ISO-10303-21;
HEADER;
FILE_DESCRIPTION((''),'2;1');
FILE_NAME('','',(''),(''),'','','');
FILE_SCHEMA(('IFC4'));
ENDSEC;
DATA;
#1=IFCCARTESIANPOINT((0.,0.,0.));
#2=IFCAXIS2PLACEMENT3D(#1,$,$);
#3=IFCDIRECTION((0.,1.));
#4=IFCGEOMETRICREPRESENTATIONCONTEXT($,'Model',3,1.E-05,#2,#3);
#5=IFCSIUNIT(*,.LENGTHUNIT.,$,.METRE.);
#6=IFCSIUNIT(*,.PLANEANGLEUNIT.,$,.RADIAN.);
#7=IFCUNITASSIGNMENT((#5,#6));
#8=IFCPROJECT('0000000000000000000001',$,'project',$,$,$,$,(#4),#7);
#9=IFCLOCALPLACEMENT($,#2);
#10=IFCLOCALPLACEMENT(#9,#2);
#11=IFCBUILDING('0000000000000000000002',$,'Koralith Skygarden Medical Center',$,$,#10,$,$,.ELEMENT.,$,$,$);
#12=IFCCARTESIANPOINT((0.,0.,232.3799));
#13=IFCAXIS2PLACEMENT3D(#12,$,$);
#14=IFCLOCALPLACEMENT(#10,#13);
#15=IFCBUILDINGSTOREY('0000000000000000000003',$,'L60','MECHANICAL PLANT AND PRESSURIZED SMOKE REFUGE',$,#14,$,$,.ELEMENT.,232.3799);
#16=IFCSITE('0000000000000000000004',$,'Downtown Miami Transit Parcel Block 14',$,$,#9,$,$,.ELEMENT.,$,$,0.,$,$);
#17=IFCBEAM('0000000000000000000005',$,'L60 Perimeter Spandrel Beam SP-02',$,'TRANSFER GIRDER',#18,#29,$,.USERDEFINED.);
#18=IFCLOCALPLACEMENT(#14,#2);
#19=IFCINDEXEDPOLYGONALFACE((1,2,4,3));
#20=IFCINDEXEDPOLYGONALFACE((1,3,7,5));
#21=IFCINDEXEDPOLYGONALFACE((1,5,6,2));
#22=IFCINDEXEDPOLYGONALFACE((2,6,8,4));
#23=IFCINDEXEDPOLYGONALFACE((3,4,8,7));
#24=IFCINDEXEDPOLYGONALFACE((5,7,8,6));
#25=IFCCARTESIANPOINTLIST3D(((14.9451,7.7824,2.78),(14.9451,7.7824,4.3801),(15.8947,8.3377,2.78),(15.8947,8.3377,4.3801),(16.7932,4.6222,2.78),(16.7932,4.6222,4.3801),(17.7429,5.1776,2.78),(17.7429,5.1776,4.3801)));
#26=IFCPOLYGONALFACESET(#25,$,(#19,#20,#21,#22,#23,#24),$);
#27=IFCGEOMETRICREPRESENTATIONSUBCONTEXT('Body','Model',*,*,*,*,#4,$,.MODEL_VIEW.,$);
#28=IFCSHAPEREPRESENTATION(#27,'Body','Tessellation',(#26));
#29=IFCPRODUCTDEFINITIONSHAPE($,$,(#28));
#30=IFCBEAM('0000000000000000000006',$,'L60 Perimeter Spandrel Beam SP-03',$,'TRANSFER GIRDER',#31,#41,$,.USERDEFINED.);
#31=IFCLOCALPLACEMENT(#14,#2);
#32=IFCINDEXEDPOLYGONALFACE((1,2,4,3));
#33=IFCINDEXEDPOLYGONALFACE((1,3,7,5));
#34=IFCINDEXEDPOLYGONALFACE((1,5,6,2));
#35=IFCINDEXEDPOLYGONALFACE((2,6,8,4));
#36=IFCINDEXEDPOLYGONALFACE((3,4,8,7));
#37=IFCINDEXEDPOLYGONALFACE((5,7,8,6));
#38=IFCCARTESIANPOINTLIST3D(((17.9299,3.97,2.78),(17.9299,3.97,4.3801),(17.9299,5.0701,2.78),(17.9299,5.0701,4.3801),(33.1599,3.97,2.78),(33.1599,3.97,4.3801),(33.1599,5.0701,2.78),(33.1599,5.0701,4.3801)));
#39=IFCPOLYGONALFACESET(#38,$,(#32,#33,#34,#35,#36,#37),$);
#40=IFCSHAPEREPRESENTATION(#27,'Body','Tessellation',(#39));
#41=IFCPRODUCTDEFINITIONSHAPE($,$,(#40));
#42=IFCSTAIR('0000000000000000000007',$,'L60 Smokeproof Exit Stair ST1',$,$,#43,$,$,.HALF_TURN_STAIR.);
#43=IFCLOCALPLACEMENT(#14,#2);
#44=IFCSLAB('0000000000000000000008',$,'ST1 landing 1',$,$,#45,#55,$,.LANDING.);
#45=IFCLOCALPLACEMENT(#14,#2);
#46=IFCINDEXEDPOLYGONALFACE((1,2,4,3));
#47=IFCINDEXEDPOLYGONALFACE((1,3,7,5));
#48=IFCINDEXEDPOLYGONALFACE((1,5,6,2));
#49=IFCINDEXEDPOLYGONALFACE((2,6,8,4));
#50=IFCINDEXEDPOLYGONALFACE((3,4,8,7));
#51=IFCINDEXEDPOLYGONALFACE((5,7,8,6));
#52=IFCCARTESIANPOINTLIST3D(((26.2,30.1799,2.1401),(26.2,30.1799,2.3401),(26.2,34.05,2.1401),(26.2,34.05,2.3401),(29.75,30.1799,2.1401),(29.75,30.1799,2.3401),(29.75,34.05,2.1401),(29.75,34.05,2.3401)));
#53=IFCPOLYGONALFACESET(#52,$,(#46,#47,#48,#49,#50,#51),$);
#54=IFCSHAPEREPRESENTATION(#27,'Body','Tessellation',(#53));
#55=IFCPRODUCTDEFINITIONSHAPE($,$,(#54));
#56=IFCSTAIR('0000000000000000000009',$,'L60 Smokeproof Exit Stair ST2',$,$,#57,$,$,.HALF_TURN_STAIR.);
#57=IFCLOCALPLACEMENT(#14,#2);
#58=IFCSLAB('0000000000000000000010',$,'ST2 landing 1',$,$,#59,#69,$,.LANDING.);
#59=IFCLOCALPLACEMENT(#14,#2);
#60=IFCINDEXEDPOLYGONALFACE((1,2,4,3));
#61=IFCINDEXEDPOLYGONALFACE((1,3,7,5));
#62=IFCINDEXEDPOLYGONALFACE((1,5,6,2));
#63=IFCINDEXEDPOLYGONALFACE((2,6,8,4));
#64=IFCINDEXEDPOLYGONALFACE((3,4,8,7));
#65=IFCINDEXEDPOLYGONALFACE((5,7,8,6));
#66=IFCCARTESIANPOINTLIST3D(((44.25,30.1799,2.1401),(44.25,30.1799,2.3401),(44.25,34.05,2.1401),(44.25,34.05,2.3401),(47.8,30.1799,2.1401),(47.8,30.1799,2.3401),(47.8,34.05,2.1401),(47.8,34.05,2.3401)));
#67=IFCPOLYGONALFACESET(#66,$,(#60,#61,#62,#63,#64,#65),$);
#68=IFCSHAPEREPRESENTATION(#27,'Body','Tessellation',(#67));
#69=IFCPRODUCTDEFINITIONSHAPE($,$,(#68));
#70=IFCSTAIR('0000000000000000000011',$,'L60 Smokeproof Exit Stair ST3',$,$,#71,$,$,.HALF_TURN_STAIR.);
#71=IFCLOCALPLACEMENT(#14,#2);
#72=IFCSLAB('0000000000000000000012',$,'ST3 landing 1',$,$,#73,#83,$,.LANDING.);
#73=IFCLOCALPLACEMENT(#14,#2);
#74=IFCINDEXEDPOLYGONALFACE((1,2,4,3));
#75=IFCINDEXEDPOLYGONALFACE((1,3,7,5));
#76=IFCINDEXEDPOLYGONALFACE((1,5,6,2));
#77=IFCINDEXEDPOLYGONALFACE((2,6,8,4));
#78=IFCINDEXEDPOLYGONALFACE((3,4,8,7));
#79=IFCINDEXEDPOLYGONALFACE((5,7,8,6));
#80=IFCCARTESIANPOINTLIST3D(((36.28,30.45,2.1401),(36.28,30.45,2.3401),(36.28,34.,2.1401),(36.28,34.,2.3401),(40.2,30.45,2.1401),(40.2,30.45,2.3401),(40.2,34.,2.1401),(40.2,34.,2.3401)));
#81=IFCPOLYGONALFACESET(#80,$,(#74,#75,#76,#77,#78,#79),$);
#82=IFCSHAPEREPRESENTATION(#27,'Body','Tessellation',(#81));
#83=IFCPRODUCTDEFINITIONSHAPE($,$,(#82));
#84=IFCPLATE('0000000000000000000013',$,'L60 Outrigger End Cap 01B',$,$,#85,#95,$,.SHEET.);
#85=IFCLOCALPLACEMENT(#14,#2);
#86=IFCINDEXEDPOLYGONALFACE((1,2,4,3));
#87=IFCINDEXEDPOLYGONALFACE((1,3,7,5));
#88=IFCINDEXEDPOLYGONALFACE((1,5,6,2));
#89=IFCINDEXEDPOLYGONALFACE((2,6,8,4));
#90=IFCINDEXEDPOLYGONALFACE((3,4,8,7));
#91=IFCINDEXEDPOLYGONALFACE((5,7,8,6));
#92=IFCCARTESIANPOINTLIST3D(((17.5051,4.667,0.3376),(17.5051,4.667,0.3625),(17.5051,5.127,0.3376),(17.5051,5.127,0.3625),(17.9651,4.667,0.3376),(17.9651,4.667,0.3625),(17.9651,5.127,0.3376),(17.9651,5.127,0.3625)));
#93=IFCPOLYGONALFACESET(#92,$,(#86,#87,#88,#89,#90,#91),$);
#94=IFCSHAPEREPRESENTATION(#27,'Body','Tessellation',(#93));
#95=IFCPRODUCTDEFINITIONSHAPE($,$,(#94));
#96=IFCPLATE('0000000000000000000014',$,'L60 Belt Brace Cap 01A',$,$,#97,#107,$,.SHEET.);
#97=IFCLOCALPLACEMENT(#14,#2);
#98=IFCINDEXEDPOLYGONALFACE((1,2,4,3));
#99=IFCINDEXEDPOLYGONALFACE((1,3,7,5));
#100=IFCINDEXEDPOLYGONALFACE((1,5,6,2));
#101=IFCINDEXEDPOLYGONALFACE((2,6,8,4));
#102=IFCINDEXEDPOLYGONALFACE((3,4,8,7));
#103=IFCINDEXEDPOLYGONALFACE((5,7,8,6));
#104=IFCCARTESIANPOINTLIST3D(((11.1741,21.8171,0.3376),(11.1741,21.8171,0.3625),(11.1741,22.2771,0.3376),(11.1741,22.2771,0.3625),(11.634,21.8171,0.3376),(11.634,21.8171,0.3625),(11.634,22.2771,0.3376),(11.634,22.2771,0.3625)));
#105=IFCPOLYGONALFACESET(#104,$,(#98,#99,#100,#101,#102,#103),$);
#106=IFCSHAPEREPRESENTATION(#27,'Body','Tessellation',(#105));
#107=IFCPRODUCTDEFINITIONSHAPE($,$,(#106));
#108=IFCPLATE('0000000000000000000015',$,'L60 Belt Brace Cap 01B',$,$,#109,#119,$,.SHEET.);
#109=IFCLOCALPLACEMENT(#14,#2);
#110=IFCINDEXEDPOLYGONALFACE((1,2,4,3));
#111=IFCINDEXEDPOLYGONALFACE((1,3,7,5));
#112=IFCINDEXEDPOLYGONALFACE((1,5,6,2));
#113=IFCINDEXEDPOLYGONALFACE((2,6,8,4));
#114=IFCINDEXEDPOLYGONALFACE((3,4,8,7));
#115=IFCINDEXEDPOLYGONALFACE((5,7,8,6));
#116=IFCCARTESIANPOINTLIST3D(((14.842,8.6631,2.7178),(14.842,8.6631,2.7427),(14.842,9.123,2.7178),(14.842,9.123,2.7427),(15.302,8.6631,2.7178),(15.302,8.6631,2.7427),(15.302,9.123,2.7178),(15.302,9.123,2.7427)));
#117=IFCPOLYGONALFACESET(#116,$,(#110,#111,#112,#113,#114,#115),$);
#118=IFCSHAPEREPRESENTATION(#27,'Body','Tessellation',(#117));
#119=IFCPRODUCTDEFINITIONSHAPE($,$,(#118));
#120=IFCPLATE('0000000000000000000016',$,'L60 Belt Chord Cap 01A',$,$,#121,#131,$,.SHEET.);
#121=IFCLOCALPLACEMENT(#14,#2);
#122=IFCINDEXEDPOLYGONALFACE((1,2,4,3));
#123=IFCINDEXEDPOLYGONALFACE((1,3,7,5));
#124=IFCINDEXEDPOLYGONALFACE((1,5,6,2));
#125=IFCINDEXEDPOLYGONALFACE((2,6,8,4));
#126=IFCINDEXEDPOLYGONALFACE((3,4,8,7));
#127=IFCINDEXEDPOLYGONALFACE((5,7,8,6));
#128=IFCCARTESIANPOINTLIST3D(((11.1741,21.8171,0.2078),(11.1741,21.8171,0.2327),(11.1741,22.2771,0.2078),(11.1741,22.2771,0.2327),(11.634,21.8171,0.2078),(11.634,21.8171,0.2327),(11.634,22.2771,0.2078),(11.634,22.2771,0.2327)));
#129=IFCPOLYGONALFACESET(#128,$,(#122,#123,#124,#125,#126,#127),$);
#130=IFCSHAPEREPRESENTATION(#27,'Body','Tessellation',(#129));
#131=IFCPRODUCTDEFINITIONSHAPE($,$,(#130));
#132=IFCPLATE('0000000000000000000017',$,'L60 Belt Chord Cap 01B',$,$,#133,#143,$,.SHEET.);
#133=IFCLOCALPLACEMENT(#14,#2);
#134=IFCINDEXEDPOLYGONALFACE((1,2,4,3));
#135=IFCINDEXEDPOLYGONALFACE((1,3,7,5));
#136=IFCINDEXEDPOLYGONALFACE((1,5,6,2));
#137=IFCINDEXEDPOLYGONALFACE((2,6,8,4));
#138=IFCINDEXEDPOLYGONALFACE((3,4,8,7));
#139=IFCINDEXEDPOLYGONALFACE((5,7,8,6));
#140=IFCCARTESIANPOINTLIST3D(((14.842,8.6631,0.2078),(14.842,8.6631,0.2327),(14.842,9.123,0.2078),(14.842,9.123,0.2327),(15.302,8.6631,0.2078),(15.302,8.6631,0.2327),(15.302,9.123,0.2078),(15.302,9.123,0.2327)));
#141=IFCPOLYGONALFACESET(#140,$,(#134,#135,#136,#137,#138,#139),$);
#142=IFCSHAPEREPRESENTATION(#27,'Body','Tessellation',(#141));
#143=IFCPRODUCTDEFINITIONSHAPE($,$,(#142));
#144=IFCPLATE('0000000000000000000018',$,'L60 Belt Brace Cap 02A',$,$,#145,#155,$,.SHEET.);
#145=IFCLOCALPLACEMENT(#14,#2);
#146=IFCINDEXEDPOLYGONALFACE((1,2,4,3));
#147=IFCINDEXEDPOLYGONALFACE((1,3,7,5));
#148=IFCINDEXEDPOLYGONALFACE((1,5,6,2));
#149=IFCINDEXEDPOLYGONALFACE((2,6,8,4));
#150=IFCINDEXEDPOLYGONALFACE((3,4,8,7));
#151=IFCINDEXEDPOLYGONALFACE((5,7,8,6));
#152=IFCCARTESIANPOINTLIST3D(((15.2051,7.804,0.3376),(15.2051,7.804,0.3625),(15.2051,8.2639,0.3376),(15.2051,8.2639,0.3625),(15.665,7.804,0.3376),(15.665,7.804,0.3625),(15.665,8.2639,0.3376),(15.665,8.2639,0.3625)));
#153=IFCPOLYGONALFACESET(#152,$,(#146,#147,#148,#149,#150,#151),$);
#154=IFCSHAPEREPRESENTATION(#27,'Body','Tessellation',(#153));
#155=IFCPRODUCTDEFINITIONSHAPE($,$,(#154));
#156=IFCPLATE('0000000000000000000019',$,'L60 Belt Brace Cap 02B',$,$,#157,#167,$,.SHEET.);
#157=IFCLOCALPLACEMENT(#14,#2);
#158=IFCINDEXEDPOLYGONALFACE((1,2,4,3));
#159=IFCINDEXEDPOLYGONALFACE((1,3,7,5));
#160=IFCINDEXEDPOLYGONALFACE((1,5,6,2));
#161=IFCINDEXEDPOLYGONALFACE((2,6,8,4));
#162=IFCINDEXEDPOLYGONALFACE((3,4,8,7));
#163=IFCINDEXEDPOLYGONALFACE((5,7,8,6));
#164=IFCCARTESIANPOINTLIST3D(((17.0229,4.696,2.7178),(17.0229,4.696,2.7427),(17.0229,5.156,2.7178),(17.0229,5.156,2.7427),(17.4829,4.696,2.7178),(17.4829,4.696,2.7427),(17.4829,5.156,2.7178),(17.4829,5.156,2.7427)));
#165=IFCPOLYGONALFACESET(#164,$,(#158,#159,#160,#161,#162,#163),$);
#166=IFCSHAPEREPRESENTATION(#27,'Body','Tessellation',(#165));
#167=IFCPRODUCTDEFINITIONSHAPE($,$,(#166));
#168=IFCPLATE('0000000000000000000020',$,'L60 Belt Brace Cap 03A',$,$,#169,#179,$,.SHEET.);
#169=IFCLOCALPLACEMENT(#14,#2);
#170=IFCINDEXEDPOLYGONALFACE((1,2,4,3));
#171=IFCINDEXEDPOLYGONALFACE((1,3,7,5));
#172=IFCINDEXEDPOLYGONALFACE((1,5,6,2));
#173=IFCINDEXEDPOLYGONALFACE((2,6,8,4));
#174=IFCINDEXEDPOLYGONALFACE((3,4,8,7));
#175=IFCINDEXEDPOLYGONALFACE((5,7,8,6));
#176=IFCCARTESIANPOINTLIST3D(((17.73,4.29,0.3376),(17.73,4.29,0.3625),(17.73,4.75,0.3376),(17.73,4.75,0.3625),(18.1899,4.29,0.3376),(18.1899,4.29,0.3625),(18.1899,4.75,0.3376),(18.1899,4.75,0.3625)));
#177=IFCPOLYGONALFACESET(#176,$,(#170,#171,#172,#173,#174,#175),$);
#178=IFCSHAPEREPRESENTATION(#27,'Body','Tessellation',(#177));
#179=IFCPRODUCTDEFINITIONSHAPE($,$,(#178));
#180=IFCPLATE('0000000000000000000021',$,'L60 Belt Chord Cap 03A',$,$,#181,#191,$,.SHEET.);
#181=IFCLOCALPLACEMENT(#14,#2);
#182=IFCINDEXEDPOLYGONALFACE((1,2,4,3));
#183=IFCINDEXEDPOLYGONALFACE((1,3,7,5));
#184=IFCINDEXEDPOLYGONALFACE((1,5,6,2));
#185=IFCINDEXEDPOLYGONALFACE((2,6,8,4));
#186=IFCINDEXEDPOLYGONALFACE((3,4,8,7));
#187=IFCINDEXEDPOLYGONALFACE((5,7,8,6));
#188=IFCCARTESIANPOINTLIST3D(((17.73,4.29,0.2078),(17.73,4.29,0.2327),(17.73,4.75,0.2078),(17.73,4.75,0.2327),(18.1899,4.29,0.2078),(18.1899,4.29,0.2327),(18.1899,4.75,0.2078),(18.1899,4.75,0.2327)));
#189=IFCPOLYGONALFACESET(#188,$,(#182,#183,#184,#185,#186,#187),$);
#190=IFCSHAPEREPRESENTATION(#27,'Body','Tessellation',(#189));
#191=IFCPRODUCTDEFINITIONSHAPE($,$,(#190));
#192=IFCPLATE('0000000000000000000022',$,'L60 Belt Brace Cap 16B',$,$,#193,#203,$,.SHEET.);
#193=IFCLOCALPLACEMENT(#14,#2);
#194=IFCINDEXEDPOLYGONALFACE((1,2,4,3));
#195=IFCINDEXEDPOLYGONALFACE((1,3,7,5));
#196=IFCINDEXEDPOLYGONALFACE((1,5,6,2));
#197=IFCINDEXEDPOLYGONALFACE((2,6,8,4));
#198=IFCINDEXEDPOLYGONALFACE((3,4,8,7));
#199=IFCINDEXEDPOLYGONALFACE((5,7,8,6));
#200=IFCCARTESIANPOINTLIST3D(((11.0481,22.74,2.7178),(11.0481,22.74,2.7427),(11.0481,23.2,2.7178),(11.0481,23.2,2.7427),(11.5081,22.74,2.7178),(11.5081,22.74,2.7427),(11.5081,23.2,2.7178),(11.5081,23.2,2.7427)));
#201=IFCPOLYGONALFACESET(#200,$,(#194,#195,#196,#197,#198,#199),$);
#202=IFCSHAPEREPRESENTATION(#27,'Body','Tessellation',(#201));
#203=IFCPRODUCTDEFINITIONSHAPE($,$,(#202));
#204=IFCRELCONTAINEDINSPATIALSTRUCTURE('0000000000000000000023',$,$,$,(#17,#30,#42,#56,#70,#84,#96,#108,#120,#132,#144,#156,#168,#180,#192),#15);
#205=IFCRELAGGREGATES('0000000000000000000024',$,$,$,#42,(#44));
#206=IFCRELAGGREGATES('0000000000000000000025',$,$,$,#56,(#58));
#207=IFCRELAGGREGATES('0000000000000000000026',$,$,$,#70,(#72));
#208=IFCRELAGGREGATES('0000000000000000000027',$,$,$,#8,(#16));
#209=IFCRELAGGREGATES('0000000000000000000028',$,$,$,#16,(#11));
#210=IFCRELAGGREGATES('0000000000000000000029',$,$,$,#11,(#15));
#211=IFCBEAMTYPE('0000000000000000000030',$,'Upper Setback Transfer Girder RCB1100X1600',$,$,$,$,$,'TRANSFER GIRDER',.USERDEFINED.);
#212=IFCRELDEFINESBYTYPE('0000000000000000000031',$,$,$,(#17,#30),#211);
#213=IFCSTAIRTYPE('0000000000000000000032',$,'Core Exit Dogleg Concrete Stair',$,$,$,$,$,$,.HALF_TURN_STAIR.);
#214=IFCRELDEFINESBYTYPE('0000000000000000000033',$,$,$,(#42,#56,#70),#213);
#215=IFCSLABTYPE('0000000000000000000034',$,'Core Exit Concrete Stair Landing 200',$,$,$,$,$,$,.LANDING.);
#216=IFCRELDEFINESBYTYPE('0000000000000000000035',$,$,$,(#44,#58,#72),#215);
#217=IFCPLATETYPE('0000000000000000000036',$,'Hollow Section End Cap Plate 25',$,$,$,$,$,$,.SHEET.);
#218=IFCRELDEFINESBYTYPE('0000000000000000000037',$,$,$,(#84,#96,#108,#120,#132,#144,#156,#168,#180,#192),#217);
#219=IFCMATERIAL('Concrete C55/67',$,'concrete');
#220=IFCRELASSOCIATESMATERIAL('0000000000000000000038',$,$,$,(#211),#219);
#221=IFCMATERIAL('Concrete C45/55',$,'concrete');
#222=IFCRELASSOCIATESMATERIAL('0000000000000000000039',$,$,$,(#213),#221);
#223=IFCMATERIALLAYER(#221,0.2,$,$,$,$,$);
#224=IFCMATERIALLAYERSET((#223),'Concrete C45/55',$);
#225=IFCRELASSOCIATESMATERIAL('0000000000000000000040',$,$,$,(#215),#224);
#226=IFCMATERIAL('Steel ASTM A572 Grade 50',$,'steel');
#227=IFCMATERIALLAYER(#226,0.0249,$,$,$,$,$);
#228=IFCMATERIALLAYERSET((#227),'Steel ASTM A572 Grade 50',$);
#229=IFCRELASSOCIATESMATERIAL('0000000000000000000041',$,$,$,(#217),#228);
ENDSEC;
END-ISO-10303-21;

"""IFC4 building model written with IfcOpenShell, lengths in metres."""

from ifc_helpers import new_model, si_unit, direction, frame, origin, origin_2d, place, context, subcontext, project, spatial, polyline, rectangle, outline, extrude, material, layer, layer_set, material_profile, profile_set, type_object, element, aggregate, save


model = new_model("IFC4")

# Units and contexts
model_context = context("Model", 3, precision=1e-05, world=origin(), true_north=direction((0.0, 1.0)))
body_context = subcontext(model_context, "Body", "Model", "MODEL_VIEW")
ifc_project = project(units=[si_unit("LENGTHUNIT", "METRE"), si_unit("PLANEANGLEUNIT", "RADIAN")], contexts=[model_context])

# Site, building, storey
site_placement = place(None, origin())
site = spatial("IfcSite", under=ifc_project, at=site_placement, Name="Downtown Miami Transit Parcel Block 14", CompositionType="ELEMENT", RefElevation=0.0)
building_placement = place(site_placement, origin())
building = spatial("IfcBuilding", under=site, at=building_placement, Name="Koralith Skygarden Medical Center", CompositionType="ELEMENT")
storey_placement = place(building_placement, frame((0.0, 0.0, 232.3799)))
storey = spatial("IfcBuildingStorey", under=building, at=storey_placement, Name="L60", Description="MECHANICAL PLANT AND PRESSURIZED SMOKE REFUGE", CompositionType="ELEMENT", Elevation=232.3799)

# Shared definitions
ifc_material_1 = material(Name="Concrete C55/67", Category="concrete")

# Beams
ifc_material_2 = material(Name="Concrete C45/55", Category="concrete")
ifc_material_profile_1 = material_profile(ifc_material_1, rectangle(XDim=1.1001, YDim=1.6001, at=origin_2d()), Name="RCB1100X1600")
ifc_profile_set_1 = profile_set([ifc_material_profile_1], Name="Concrete C55/67")
beam_type_1 = type_object("IfcBeamType", Name="Upper Setback Transfer Girder RCB1100X1600", ElementType="TRANSFER GIRDER", PredefinedType="USERDEFINED", material=ifc_profile_set_1)
beam_1_placement = place(storey_placement, frame((15.4199, 8.0601, 3.5801), z_axis=(0.504833, -0.863217, 0.0), x_axis=(0.863217, 0.504833, 0.0)))
element("IfcBeam", 1, at=beam_1_placement, inside=storey, type_object=beam_type_1, Name="L60 Perimeter Spandrel Beam SP-02", ObjectType="TRANSFER GIRDER", PredefinedType="USERDEFINED", context=body_context, shape_type="SweptSolid", body=[
    extrude(rectangle(XDim=1.1001, YDim=1.6001, at=origin_2d()), origin(), (0.0, 0.0, 1.0), 3.6609),
])
beam_2_placement = place(storey_placement, frame((17.9299, 4.52, 3.5801), z_axis=(1.0, 0.0, 0.0), x_axis=(0.0, 1.0, 0.0)))
element("IfcBeam", 2, at=beam_2_placement, inside=storey, type_object=beam_type_1, Name="L60 Perimeter Spandrel Beam SP-03", ObjectType="TRANSFER GIRDER", PredefinedType="USERDEFINED", context=body_context, shape_type="SweptSolid", body=[
    extrude(rectangle(XDim=1.1001, YDim=1.6001, at=origin_2d()), origin(), (0.0, 0.0, 1.0), 15.23),
])

# Stairs, slabs
stair_type = type_object("IfcStairType", Name="Core Exit Dogleg Concrete Stair", PredefinedType="HALF_TURN_STAIR", material=ifc_material_2)
stair_1_placement = place(storey_placement, origin())
stair_1 = element("IfcStair", 3, at=stair_1_placement, inside=storey, type_object=stair_type, Name="L60 Smokeproof Exit Stair ST1", PredefinedType="HALF_TURN_STAIR")
ifc_layer_1 = layer(ifc_material_2, 0.2)
ifc_layer_set_1 = layer_set([ifc_layer_1], Name="Concrete C45/55")
slab_type_1 = type_object("IfcSlabType", Name="Core Exit Concrete Stair Landing 200", PredefinedType="LANDING", material=ifc_layer_set_1)
slab_1_placement = place(storey_placement, frame((0.0, 0.0, 2.1401)))
slab_1 = element("IfcSlab", 4, at=slab_1_placement, type_object=slab_type_1, Name="ST1 landing 1", PredefinedType="LANDING", context=body_context, shape_type="SweptSolid", body=[
    extrude(outline(polyline([(29.75, 30.1799), (29.75, 34.05), (26.2, 34.05), (26.2, 30.1799), (29.75, 30.1799)])), origin(), (0.0, 0.0, 1.0), 0.2),
])
aggregate(stair_1, [slab_1])
stair_2_placement = place(storey_placement, origin())
stair_2 = element("IfcStair", 5, at=stair_2_placement, inside=storey, type_object=stair_type, Name="L60 Smokeproof Exit Stair ST2", PredefinedType="HALF_TURN_STAIR")
slab_2_placement = place(storey_placement, frame((0.0, 0.0, 2.1401)))
slab_2 = element("IfcSlab", 6, at=slab_2_placement, type_object=slab_type_1, Name="ST2 landing 1", PredefinedType="LANDING", context=body_context, shape_type="SweptSolid", body=[
    extrude(outline(polyline([(47.8, 30.1799), (47.8, 34.05), (44.25, 34.05), (44.25, 30.1799), (47.8, 30.1799)])), origin(), (0.0, 0.0, 1.0), 0.2),
])
aggregate(stair_2, [slab_2])
stair_3_placement = place(storey_placement, origin())
stair_3 = element("IfcStair", 7, at=stair_3_placement, inside=storey, type_object=stair_type, Name="L60 Smokeproof Exit Stair ST3", PredefinedType="HALF_TURN_STAIR")
slab_3_placement = place(storey_placement, frame((0.0, 0.0, 2.1401)))
slab_3 = element("IfcSlab", 8, at=slab_3_placement, type_object=slab_type_1, Name="ST3 landing 1", PredefinedType="LANDING", context=body_context, shape_type="SweptSolid", body=[
    extrude(outline(polyline([(36.28, 30.45), (40.2, 30.45), (40.2, 34.0), (36.28, 34.0), (36.28, 30.45)])), origin(), (0.0, 0.0, 1.0), 0.2),
])
aggregate(stair_3, [slab_3])

# Plates
ifc_material_3 = material(Name="Steel ASTM A572 Grade 50", Category="steel")
ifc_layer_2 = layer(ifc_material_3, 0.0249)
ifc_layer_set_2 = layer_set([ifc_layer_2], Name="Steel ASTM A572 Grade 50")
plate_type_1 = type_object("IfcPlateType", Name="Hollow Section End Cap Plate 25", PredefinedType="SHEET", material=ifc_layer_set_2)
for number, where, z_axis, x_axis, name in (
    (9, (17.7351, 4.897, 0.3376), (0.0, 0.0, 1.0), (1.0, 0.0, 0.0), "L60 Outrigger End Cap 01B"),
    (10, (11.4041, 22.0471, 0.3376), (0.0, 0.0, 1.0), (1.0, 0.0, 0.0), "L60 Belt Brace Cap 01A"),
    (11, (15.072, 8.8931, 2.7178), (0.0, 0.0, 1.0), (1.0, 0.0, 0.0), "L60 Belt Brace Cap 01B"),
    (12, (11.4041, 22.0471, 0.2078), (0.0, 0.0, 1.0), (1.0, 0.0, 0.0), "L60 Belt Chord Cap 01A"),
    (13, (15.072, 8.8931, 0.2078), (0.0, 0.0, 1.0), (1.0, 0.0, 0.0), "L60 Belt Chord Cap 01B"),
    (14, (15.4351, 8.0339, 0.3376), (0.0, 0.0, 1.0), (1.0, 0.0, 0.0), "L60 Belt Brace Cap 02A"),
    (15, (17.2529, 4.926, 2.7178), (0.0, 0.0, 1.0), (1.0, 0.0, 0.0), "L60 Belt Brace Cap 02B"),
    (16, (17.96, 4.52, 0.3376), (0.0, 0.0, 1.0), (1.0, 0.0, 0.0), "L60 Belt Brace Cap 03A"),
    (17, (17.96, 4.52, 0.2078), (0.0, 0.0, 1.0), (1.0, 0.0, 0.0), "L60 Belt Chord Cap 03A"),
    (18, (11.2781, 22.97, 2.7178), (0.0, 0.0, 1.0), (1.0, 0.0, 0.0), "L60 Belt Brace Cap 16B"),
):
    element("IfcPlate", number, at=place(storey_placement, frame(where, z_axis=z_axis, x_axis=x_axis)), inside=storey, type_object=plate_type_1, Name=name, PredefinedType="SHEET", context=body_context, shape_type="SweptSolid", body=[
        extrude(rectangle(XDim=0.46, YDim=0.46, at=origin_2d()), origin(), (0.0, 0.0, 1.0), 0.0249),
    ])

save(model, "model.ifc")
